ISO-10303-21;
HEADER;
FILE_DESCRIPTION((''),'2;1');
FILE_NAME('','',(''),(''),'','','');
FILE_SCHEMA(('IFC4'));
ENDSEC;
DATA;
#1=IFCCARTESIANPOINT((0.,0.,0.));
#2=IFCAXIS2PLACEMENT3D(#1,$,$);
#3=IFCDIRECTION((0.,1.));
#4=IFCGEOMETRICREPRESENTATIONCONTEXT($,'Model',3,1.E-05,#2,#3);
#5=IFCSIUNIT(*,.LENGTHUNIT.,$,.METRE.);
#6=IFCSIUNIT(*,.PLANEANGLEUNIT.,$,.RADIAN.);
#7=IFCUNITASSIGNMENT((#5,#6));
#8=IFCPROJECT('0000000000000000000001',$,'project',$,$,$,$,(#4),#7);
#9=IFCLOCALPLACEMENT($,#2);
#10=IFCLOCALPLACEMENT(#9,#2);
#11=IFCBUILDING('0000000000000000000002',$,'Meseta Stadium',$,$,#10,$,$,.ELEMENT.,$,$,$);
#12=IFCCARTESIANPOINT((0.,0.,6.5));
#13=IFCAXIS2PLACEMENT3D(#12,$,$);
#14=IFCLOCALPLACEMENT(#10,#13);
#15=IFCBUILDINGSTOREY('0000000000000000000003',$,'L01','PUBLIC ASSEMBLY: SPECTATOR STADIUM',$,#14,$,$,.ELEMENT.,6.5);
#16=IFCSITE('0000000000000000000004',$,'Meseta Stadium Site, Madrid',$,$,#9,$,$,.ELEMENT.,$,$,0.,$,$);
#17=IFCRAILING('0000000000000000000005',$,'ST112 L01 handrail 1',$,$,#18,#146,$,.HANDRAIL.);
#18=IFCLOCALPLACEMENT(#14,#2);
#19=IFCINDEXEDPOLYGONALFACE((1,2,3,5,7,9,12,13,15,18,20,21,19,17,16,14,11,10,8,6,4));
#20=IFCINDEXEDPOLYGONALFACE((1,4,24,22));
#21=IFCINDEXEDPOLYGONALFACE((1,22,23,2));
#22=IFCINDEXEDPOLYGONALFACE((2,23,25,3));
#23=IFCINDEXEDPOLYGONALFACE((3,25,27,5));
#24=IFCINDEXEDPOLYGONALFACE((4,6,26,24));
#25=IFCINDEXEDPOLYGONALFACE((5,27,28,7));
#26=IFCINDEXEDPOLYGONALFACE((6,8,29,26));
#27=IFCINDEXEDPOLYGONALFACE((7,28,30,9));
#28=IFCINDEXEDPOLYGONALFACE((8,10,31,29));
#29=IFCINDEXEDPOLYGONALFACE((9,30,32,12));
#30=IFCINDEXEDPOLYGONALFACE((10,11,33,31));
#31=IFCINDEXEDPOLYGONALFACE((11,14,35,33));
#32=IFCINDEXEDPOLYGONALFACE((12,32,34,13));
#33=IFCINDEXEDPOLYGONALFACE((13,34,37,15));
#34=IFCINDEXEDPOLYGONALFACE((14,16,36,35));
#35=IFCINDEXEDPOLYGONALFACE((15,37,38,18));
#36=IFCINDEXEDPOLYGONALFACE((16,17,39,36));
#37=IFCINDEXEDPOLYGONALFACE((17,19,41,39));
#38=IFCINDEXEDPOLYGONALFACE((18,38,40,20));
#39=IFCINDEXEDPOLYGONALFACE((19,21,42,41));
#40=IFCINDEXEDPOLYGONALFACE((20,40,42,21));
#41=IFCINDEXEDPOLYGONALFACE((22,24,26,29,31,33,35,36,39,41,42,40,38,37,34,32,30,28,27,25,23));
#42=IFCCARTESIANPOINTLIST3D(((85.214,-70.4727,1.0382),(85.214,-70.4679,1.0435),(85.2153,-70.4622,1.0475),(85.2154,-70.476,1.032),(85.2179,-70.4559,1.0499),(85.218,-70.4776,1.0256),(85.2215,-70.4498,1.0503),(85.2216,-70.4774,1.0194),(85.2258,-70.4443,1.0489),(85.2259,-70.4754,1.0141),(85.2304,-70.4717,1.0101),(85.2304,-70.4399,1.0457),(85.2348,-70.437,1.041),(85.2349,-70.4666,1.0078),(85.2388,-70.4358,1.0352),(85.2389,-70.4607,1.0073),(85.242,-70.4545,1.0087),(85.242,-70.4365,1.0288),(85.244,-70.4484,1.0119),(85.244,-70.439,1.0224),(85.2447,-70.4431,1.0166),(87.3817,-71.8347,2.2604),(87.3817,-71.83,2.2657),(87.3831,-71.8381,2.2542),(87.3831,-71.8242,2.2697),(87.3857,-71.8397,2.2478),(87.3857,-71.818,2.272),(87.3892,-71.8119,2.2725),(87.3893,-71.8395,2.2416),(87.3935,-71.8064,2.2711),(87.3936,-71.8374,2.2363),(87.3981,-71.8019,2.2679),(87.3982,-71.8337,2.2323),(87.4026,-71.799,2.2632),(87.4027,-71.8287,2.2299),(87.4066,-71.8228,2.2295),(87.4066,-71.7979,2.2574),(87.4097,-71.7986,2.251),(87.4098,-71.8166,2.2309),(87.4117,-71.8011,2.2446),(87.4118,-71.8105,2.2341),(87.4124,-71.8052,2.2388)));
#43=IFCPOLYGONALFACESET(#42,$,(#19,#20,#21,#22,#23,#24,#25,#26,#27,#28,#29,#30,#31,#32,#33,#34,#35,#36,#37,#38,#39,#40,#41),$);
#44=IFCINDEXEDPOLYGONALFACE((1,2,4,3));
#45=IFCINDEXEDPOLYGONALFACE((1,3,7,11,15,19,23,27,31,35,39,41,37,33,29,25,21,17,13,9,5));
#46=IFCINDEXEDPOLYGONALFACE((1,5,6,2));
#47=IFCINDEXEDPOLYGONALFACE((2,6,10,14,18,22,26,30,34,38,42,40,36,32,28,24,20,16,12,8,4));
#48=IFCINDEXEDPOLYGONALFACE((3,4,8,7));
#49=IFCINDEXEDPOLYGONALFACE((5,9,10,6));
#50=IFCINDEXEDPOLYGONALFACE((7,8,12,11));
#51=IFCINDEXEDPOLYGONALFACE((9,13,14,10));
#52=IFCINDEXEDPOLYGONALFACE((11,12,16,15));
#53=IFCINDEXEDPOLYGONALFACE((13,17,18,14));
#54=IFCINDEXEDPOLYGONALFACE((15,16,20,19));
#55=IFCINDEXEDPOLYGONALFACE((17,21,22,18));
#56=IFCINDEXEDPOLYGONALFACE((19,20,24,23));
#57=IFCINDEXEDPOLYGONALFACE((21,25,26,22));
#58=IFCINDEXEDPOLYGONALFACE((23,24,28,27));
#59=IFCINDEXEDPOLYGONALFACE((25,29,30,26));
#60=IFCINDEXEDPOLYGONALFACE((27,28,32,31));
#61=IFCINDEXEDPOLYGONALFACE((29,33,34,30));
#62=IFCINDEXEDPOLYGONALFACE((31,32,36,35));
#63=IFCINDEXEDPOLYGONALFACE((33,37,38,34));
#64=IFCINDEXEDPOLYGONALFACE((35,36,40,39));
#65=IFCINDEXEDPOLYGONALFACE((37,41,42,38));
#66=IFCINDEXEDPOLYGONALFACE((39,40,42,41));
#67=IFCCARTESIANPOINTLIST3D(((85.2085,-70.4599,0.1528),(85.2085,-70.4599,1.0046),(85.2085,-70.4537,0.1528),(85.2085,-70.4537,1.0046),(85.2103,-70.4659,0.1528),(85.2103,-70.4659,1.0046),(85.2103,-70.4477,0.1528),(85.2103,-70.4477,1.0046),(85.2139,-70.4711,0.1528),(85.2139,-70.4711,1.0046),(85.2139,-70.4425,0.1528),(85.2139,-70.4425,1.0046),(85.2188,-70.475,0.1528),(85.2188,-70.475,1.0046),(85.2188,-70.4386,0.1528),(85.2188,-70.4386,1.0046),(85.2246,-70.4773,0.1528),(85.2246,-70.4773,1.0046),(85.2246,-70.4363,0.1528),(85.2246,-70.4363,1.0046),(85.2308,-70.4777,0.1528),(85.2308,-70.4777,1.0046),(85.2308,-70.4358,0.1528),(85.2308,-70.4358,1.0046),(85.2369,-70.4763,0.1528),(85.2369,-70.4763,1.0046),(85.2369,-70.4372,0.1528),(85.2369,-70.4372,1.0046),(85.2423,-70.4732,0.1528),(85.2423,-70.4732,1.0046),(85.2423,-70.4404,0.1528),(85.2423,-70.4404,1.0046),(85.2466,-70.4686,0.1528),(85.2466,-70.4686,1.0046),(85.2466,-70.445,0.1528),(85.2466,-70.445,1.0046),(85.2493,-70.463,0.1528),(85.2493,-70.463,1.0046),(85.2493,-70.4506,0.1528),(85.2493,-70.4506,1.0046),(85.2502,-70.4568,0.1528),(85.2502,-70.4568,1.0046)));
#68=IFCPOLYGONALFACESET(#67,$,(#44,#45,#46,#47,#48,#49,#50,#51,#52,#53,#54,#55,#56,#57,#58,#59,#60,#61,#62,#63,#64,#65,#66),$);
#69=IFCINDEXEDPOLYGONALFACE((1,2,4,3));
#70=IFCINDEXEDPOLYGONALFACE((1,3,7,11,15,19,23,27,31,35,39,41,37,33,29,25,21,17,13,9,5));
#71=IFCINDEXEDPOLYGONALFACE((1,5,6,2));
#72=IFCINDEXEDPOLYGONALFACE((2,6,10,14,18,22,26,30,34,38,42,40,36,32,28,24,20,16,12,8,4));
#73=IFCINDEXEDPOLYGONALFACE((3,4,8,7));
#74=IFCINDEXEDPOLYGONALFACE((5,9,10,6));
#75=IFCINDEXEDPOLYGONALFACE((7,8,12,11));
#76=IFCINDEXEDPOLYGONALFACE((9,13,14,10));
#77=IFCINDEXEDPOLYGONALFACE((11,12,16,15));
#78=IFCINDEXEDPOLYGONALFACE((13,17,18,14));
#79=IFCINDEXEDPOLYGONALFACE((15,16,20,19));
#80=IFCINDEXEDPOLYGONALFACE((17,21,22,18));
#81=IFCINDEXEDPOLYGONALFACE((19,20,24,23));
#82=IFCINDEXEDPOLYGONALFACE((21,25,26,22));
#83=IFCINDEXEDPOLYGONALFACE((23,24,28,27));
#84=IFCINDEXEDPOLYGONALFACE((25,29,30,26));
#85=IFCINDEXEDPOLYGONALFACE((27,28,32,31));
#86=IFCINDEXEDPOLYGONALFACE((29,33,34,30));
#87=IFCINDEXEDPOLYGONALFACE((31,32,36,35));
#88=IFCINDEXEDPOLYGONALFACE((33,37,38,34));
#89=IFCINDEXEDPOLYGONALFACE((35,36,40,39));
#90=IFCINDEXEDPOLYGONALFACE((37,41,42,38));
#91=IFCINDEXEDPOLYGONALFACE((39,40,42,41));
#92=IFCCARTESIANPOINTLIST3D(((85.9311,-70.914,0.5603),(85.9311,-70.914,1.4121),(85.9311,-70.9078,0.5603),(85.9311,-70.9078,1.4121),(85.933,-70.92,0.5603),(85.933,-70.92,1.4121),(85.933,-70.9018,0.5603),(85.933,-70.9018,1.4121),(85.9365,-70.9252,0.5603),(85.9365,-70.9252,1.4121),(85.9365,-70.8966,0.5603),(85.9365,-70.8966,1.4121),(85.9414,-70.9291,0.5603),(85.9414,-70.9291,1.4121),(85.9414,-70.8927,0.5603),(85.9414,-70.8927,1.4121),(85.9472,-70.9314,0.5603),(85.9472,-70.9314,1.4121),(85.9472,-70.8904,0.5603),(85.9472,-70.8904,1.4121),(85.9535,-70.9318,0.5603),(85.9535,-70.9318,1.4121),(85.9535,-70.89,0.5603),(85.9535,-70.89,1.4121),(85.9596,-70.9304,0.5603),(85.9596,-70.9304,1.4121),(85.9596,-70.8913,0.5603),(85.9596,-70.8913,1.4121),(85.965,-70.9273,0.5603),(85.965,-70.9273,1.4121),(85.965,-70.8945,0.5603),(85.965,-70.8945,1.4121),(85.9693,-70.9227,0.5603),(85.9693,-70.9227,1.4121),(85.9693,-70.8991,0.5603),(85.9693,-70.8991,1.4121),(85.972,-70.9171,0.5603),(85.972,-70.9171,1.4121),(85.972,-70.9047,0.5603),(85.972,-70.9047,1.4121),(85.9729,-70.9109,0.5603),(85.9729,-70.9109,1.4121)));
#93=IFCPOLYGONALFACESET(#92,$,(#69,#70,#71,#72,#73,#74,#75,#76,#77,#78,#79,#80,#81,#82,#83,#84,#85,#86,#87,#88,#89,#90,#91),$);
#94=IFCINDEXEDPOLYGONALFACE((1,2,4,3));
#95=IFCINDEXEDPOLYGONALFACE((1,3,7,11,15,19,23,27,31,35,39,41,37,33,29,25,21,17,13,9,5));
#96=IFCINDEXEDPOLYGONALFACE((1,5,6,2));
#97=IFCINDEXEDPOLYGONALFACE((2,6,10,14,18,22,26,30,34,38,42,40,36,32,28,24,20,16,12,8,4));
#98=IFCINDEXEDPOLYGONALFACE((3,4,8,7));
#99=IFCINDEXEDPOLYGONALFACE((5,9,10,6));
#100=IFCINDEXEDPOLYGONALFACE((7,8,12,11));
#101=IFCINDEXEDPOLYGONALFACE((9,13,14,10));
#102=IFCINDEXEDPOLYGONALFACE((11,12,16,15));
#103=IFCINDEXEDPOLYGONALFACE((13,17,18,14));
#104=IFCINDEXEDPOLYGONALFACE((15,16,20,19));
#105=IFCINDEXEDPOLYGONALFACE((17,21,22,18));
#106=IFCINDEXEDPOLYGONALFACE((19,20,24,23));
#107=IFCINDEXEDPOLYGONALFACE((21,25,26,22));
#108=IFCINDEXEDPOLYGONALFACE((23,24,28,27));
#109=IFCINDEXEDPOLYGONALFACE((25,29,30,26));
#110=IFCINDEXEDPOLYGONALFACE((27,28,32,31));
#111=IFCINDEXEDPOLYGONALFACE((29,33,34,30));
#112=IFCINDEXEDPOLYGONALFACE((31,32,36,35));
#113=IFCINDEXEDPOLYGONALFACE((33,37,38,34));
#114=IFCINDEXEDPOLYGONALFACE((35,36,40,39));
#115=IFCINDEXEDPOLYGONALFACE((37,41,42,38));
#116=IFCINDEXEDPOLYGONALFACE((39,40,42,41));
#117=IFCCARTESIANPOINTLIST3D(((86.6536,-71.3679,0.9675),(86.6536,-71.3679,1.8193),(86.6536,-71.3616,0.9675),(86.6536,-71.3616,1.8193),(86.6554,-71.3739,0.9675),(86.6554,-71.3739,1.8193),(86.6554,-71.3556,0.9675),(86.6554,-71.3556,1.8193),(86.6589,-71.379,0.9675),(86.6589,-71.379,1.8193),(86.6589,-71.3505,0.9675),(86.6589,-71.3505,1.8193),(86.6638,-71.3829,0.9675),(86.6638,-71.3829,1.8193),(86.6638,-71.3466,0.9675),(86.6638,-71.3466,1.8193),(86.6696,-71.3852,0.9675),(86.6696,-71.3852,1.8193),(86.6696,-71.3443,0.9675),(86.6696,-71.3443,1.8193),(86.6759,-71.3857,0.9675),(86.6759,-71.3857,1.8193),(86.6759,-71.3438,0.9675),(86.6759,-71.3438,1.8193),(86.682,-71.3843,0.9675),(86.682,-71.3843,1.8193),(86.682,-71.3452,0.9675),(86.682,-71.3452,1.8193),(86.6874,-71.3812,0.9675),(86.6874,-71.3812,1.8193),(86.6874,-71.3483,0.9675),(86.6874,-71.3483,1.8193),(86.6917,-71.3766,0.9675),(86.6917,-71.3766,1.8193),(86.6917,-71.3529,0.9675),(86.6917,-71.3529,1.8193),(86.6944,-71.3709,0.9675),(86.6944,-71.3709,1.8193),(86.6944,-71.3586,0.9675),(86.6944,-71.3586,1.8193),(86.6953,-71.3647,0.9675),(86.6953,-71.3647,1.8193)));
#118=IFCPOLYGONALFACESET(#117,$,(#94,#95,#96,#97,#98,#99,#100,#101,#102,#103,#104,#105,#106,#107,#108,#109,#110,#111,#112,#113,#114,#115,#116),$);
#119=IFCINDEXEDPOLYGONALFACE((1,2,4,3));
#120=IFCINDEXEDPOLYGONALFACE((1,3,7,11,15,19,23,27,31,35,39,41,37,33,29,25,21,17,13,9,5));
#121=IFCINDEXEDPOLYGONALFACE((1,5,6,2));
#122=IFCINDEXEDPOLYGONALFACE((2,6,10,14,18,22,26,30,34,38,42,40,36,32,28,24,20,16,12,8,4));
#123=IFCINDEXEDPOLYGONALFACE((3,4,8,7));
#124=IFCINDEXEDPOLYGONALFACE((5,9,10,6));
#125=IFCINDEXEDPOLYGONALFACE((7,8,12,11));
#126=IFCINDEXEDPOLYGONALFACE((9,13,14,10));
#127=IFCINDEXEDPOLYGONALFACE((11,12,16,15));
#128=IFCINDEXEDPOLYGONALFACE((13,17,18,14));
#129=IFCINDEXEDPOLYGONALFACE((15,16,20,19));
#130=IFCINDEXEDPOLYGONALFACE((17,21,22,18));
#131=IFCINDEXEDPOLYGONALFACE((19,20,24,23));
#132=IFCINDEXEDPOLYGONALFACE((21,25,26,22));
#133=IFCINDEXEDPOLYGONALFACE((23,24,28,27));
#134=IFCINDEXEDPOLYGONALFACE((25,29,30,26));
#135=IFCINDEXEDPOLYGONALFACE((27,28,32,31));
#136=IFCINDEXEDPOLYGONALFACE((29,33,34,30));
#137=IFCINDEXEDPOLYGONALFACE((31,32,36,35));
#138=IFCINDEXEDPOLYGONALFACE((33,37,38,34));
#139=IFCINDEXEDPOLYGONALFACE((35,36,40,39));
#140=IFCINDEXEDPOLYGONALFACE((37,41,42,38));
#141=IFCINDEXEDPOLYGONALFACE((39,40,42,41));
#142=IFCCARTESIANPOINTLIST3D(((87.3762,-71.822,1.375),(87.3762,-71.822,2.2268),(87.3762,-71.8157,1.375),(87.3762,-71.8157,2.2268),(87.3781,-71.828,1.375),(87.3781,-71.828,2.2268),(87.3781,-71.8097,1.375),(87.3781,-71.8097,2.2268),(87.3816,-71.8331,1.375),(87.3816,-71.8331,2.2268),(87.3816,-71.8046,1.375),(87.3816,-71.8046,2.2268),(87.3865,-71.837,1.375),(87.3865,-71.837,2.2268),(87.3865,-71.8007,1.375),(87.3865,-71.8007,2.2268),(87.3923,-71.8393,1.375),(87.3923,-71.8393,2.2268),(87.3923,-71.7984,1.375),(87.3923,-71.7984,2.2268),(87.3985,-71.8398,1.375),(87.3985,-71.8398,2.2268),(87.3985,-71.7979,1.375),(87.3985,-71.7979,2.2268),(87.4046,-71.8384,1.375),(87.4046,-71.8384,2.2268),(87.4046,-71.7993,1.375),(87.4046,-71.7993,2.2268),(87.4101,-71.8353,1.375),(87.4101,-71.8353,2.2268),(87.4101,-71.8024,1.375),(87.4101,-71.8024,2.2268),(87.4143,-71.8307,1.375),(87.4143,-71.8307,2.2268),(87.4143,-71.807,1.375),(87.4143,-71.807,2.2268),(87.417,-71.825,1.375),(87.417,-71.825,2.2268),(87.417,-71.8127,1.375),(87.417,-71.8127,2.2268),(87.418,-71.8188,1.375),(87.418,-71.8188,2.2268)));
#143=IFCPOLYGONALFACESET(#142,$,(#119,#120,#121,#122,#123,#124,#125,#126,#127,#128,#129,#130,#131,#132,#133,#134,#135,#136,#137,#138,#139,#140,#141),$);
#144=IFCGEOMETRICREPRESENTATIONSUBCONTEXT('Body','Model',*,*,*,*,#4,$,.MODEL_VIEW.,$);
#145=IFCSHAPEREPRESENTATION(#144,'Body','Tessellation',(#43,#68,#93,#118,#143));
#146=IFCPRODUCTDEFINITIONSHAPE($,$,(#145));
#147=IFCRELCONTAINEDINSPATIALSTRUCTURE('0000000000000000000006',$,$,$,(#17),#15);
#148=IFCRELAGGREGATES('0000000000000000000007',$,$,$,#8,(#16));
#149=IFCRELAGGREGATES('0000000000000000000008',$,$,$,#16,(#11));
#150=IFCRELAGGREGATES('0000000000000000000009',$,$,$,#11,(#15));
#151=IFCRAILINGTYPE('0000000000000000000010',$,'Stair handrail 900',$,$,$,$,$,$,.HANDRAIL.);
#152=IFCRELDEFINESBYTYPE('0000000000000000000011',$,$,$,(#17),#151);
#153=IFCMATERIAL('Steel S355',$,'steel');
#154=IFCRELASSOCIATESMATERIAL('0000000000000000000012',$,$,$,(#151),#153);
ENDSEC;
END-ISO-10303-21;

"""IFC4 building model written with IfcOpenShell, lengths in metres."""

from ifc_helpers import new_model, si_unit, direction, frame, origin, origin_2d, place, context, subcontext, project, spatial, circle, extrude, material, type_object, element, save


model = new_model("IFC4")

# Units and contexts
model_context = context("Model", 3, precision=1e-05, world=origin(), true_north=direction((0.0, 1.0)))
body_context = subcontext(model_context, "Body", "Model", "MODEL_VIEW")
ifc_project = project(units=[si_unit("LENGTHUNIT", "METRE"), si_unit("PLANEANGLEUNIT", "RADIAN")], contexts=[model_context])

# Site, building, storey
site_placement = place(None, origin())
site = spatial("IfcSite", under=ifc_project, at=site_placement, Name="Meseta Stadium Site, Madrid", CompositionType="ELEMENT", RefElevation=0.0)
building_placement = place(site_placement, origin())
building = spatial("IfcBuilding", under=site, at=building_placement, Name="Meseta Stadium", CompositionType="ELEMENT")
storey_placement = place(building_placement, frame((0.0, 0.0, 6.5)))
storey = spatial("IfcBuildingStorey", under=building, at=storey_placement, Name="L01", Description="PUBLIC ASSEMBLY: SPECTATOR STADIUM", CompositionType="ELEMENT", Elevation=6.5)

# Railing
ifc_material_1 = material(Name="Steel S355", Category="steel")
railing_type_1 = type_object("IfcRailingType", Name="Stair handrail 900", PredefinedType="HANDRAIL", material=ifc_material_1)
railing_1_placement = place(storey_placement, frame((85.2292, -70.4568, 0.1528)))
element("IfcRailing", 1, at=railing_1_placement, inside=storey, type_object=railing_type_1, Name="ST112 L01 handrail 1", PredefinedType="HANDRAIL", context=body_context, shape_type="SweptSolid", body=[
    extrude(circle(Radius=0.0239, at=origin_2d()), frame((0.0, 0.0, 0.876), z_axis=(0.764121, -0.480125, 0.430813), x_axis=(0.532029, 0.846726, 0.0)), (0.0, 0.0, 1.0), 2.8369),
    extrude(circle(Radius=0.021, at=origin_2d()), origin(), (0.0, 0.0, 1.0), 0.8518),
    extrude(circle(Radius=0.021, at=origin_2d()), frame((0.7227, -0.4541, 0.4075)), (0.0, 0.0, 1.0), 0.8518),
    extrude(circle(Radius=0.021, at=origin_2d()), frame((1.4451, -0.908, 0.8147)), (0.0, 0.0, 1.0), 0.8518),
    extrude(circle(Radius=0.021, at=origin_2d()), frame((2.1677, -1.3621, 1.2222)), (0.0, 0.0, 1.0), 0.8518),
])

save(model, "model.ifc")
